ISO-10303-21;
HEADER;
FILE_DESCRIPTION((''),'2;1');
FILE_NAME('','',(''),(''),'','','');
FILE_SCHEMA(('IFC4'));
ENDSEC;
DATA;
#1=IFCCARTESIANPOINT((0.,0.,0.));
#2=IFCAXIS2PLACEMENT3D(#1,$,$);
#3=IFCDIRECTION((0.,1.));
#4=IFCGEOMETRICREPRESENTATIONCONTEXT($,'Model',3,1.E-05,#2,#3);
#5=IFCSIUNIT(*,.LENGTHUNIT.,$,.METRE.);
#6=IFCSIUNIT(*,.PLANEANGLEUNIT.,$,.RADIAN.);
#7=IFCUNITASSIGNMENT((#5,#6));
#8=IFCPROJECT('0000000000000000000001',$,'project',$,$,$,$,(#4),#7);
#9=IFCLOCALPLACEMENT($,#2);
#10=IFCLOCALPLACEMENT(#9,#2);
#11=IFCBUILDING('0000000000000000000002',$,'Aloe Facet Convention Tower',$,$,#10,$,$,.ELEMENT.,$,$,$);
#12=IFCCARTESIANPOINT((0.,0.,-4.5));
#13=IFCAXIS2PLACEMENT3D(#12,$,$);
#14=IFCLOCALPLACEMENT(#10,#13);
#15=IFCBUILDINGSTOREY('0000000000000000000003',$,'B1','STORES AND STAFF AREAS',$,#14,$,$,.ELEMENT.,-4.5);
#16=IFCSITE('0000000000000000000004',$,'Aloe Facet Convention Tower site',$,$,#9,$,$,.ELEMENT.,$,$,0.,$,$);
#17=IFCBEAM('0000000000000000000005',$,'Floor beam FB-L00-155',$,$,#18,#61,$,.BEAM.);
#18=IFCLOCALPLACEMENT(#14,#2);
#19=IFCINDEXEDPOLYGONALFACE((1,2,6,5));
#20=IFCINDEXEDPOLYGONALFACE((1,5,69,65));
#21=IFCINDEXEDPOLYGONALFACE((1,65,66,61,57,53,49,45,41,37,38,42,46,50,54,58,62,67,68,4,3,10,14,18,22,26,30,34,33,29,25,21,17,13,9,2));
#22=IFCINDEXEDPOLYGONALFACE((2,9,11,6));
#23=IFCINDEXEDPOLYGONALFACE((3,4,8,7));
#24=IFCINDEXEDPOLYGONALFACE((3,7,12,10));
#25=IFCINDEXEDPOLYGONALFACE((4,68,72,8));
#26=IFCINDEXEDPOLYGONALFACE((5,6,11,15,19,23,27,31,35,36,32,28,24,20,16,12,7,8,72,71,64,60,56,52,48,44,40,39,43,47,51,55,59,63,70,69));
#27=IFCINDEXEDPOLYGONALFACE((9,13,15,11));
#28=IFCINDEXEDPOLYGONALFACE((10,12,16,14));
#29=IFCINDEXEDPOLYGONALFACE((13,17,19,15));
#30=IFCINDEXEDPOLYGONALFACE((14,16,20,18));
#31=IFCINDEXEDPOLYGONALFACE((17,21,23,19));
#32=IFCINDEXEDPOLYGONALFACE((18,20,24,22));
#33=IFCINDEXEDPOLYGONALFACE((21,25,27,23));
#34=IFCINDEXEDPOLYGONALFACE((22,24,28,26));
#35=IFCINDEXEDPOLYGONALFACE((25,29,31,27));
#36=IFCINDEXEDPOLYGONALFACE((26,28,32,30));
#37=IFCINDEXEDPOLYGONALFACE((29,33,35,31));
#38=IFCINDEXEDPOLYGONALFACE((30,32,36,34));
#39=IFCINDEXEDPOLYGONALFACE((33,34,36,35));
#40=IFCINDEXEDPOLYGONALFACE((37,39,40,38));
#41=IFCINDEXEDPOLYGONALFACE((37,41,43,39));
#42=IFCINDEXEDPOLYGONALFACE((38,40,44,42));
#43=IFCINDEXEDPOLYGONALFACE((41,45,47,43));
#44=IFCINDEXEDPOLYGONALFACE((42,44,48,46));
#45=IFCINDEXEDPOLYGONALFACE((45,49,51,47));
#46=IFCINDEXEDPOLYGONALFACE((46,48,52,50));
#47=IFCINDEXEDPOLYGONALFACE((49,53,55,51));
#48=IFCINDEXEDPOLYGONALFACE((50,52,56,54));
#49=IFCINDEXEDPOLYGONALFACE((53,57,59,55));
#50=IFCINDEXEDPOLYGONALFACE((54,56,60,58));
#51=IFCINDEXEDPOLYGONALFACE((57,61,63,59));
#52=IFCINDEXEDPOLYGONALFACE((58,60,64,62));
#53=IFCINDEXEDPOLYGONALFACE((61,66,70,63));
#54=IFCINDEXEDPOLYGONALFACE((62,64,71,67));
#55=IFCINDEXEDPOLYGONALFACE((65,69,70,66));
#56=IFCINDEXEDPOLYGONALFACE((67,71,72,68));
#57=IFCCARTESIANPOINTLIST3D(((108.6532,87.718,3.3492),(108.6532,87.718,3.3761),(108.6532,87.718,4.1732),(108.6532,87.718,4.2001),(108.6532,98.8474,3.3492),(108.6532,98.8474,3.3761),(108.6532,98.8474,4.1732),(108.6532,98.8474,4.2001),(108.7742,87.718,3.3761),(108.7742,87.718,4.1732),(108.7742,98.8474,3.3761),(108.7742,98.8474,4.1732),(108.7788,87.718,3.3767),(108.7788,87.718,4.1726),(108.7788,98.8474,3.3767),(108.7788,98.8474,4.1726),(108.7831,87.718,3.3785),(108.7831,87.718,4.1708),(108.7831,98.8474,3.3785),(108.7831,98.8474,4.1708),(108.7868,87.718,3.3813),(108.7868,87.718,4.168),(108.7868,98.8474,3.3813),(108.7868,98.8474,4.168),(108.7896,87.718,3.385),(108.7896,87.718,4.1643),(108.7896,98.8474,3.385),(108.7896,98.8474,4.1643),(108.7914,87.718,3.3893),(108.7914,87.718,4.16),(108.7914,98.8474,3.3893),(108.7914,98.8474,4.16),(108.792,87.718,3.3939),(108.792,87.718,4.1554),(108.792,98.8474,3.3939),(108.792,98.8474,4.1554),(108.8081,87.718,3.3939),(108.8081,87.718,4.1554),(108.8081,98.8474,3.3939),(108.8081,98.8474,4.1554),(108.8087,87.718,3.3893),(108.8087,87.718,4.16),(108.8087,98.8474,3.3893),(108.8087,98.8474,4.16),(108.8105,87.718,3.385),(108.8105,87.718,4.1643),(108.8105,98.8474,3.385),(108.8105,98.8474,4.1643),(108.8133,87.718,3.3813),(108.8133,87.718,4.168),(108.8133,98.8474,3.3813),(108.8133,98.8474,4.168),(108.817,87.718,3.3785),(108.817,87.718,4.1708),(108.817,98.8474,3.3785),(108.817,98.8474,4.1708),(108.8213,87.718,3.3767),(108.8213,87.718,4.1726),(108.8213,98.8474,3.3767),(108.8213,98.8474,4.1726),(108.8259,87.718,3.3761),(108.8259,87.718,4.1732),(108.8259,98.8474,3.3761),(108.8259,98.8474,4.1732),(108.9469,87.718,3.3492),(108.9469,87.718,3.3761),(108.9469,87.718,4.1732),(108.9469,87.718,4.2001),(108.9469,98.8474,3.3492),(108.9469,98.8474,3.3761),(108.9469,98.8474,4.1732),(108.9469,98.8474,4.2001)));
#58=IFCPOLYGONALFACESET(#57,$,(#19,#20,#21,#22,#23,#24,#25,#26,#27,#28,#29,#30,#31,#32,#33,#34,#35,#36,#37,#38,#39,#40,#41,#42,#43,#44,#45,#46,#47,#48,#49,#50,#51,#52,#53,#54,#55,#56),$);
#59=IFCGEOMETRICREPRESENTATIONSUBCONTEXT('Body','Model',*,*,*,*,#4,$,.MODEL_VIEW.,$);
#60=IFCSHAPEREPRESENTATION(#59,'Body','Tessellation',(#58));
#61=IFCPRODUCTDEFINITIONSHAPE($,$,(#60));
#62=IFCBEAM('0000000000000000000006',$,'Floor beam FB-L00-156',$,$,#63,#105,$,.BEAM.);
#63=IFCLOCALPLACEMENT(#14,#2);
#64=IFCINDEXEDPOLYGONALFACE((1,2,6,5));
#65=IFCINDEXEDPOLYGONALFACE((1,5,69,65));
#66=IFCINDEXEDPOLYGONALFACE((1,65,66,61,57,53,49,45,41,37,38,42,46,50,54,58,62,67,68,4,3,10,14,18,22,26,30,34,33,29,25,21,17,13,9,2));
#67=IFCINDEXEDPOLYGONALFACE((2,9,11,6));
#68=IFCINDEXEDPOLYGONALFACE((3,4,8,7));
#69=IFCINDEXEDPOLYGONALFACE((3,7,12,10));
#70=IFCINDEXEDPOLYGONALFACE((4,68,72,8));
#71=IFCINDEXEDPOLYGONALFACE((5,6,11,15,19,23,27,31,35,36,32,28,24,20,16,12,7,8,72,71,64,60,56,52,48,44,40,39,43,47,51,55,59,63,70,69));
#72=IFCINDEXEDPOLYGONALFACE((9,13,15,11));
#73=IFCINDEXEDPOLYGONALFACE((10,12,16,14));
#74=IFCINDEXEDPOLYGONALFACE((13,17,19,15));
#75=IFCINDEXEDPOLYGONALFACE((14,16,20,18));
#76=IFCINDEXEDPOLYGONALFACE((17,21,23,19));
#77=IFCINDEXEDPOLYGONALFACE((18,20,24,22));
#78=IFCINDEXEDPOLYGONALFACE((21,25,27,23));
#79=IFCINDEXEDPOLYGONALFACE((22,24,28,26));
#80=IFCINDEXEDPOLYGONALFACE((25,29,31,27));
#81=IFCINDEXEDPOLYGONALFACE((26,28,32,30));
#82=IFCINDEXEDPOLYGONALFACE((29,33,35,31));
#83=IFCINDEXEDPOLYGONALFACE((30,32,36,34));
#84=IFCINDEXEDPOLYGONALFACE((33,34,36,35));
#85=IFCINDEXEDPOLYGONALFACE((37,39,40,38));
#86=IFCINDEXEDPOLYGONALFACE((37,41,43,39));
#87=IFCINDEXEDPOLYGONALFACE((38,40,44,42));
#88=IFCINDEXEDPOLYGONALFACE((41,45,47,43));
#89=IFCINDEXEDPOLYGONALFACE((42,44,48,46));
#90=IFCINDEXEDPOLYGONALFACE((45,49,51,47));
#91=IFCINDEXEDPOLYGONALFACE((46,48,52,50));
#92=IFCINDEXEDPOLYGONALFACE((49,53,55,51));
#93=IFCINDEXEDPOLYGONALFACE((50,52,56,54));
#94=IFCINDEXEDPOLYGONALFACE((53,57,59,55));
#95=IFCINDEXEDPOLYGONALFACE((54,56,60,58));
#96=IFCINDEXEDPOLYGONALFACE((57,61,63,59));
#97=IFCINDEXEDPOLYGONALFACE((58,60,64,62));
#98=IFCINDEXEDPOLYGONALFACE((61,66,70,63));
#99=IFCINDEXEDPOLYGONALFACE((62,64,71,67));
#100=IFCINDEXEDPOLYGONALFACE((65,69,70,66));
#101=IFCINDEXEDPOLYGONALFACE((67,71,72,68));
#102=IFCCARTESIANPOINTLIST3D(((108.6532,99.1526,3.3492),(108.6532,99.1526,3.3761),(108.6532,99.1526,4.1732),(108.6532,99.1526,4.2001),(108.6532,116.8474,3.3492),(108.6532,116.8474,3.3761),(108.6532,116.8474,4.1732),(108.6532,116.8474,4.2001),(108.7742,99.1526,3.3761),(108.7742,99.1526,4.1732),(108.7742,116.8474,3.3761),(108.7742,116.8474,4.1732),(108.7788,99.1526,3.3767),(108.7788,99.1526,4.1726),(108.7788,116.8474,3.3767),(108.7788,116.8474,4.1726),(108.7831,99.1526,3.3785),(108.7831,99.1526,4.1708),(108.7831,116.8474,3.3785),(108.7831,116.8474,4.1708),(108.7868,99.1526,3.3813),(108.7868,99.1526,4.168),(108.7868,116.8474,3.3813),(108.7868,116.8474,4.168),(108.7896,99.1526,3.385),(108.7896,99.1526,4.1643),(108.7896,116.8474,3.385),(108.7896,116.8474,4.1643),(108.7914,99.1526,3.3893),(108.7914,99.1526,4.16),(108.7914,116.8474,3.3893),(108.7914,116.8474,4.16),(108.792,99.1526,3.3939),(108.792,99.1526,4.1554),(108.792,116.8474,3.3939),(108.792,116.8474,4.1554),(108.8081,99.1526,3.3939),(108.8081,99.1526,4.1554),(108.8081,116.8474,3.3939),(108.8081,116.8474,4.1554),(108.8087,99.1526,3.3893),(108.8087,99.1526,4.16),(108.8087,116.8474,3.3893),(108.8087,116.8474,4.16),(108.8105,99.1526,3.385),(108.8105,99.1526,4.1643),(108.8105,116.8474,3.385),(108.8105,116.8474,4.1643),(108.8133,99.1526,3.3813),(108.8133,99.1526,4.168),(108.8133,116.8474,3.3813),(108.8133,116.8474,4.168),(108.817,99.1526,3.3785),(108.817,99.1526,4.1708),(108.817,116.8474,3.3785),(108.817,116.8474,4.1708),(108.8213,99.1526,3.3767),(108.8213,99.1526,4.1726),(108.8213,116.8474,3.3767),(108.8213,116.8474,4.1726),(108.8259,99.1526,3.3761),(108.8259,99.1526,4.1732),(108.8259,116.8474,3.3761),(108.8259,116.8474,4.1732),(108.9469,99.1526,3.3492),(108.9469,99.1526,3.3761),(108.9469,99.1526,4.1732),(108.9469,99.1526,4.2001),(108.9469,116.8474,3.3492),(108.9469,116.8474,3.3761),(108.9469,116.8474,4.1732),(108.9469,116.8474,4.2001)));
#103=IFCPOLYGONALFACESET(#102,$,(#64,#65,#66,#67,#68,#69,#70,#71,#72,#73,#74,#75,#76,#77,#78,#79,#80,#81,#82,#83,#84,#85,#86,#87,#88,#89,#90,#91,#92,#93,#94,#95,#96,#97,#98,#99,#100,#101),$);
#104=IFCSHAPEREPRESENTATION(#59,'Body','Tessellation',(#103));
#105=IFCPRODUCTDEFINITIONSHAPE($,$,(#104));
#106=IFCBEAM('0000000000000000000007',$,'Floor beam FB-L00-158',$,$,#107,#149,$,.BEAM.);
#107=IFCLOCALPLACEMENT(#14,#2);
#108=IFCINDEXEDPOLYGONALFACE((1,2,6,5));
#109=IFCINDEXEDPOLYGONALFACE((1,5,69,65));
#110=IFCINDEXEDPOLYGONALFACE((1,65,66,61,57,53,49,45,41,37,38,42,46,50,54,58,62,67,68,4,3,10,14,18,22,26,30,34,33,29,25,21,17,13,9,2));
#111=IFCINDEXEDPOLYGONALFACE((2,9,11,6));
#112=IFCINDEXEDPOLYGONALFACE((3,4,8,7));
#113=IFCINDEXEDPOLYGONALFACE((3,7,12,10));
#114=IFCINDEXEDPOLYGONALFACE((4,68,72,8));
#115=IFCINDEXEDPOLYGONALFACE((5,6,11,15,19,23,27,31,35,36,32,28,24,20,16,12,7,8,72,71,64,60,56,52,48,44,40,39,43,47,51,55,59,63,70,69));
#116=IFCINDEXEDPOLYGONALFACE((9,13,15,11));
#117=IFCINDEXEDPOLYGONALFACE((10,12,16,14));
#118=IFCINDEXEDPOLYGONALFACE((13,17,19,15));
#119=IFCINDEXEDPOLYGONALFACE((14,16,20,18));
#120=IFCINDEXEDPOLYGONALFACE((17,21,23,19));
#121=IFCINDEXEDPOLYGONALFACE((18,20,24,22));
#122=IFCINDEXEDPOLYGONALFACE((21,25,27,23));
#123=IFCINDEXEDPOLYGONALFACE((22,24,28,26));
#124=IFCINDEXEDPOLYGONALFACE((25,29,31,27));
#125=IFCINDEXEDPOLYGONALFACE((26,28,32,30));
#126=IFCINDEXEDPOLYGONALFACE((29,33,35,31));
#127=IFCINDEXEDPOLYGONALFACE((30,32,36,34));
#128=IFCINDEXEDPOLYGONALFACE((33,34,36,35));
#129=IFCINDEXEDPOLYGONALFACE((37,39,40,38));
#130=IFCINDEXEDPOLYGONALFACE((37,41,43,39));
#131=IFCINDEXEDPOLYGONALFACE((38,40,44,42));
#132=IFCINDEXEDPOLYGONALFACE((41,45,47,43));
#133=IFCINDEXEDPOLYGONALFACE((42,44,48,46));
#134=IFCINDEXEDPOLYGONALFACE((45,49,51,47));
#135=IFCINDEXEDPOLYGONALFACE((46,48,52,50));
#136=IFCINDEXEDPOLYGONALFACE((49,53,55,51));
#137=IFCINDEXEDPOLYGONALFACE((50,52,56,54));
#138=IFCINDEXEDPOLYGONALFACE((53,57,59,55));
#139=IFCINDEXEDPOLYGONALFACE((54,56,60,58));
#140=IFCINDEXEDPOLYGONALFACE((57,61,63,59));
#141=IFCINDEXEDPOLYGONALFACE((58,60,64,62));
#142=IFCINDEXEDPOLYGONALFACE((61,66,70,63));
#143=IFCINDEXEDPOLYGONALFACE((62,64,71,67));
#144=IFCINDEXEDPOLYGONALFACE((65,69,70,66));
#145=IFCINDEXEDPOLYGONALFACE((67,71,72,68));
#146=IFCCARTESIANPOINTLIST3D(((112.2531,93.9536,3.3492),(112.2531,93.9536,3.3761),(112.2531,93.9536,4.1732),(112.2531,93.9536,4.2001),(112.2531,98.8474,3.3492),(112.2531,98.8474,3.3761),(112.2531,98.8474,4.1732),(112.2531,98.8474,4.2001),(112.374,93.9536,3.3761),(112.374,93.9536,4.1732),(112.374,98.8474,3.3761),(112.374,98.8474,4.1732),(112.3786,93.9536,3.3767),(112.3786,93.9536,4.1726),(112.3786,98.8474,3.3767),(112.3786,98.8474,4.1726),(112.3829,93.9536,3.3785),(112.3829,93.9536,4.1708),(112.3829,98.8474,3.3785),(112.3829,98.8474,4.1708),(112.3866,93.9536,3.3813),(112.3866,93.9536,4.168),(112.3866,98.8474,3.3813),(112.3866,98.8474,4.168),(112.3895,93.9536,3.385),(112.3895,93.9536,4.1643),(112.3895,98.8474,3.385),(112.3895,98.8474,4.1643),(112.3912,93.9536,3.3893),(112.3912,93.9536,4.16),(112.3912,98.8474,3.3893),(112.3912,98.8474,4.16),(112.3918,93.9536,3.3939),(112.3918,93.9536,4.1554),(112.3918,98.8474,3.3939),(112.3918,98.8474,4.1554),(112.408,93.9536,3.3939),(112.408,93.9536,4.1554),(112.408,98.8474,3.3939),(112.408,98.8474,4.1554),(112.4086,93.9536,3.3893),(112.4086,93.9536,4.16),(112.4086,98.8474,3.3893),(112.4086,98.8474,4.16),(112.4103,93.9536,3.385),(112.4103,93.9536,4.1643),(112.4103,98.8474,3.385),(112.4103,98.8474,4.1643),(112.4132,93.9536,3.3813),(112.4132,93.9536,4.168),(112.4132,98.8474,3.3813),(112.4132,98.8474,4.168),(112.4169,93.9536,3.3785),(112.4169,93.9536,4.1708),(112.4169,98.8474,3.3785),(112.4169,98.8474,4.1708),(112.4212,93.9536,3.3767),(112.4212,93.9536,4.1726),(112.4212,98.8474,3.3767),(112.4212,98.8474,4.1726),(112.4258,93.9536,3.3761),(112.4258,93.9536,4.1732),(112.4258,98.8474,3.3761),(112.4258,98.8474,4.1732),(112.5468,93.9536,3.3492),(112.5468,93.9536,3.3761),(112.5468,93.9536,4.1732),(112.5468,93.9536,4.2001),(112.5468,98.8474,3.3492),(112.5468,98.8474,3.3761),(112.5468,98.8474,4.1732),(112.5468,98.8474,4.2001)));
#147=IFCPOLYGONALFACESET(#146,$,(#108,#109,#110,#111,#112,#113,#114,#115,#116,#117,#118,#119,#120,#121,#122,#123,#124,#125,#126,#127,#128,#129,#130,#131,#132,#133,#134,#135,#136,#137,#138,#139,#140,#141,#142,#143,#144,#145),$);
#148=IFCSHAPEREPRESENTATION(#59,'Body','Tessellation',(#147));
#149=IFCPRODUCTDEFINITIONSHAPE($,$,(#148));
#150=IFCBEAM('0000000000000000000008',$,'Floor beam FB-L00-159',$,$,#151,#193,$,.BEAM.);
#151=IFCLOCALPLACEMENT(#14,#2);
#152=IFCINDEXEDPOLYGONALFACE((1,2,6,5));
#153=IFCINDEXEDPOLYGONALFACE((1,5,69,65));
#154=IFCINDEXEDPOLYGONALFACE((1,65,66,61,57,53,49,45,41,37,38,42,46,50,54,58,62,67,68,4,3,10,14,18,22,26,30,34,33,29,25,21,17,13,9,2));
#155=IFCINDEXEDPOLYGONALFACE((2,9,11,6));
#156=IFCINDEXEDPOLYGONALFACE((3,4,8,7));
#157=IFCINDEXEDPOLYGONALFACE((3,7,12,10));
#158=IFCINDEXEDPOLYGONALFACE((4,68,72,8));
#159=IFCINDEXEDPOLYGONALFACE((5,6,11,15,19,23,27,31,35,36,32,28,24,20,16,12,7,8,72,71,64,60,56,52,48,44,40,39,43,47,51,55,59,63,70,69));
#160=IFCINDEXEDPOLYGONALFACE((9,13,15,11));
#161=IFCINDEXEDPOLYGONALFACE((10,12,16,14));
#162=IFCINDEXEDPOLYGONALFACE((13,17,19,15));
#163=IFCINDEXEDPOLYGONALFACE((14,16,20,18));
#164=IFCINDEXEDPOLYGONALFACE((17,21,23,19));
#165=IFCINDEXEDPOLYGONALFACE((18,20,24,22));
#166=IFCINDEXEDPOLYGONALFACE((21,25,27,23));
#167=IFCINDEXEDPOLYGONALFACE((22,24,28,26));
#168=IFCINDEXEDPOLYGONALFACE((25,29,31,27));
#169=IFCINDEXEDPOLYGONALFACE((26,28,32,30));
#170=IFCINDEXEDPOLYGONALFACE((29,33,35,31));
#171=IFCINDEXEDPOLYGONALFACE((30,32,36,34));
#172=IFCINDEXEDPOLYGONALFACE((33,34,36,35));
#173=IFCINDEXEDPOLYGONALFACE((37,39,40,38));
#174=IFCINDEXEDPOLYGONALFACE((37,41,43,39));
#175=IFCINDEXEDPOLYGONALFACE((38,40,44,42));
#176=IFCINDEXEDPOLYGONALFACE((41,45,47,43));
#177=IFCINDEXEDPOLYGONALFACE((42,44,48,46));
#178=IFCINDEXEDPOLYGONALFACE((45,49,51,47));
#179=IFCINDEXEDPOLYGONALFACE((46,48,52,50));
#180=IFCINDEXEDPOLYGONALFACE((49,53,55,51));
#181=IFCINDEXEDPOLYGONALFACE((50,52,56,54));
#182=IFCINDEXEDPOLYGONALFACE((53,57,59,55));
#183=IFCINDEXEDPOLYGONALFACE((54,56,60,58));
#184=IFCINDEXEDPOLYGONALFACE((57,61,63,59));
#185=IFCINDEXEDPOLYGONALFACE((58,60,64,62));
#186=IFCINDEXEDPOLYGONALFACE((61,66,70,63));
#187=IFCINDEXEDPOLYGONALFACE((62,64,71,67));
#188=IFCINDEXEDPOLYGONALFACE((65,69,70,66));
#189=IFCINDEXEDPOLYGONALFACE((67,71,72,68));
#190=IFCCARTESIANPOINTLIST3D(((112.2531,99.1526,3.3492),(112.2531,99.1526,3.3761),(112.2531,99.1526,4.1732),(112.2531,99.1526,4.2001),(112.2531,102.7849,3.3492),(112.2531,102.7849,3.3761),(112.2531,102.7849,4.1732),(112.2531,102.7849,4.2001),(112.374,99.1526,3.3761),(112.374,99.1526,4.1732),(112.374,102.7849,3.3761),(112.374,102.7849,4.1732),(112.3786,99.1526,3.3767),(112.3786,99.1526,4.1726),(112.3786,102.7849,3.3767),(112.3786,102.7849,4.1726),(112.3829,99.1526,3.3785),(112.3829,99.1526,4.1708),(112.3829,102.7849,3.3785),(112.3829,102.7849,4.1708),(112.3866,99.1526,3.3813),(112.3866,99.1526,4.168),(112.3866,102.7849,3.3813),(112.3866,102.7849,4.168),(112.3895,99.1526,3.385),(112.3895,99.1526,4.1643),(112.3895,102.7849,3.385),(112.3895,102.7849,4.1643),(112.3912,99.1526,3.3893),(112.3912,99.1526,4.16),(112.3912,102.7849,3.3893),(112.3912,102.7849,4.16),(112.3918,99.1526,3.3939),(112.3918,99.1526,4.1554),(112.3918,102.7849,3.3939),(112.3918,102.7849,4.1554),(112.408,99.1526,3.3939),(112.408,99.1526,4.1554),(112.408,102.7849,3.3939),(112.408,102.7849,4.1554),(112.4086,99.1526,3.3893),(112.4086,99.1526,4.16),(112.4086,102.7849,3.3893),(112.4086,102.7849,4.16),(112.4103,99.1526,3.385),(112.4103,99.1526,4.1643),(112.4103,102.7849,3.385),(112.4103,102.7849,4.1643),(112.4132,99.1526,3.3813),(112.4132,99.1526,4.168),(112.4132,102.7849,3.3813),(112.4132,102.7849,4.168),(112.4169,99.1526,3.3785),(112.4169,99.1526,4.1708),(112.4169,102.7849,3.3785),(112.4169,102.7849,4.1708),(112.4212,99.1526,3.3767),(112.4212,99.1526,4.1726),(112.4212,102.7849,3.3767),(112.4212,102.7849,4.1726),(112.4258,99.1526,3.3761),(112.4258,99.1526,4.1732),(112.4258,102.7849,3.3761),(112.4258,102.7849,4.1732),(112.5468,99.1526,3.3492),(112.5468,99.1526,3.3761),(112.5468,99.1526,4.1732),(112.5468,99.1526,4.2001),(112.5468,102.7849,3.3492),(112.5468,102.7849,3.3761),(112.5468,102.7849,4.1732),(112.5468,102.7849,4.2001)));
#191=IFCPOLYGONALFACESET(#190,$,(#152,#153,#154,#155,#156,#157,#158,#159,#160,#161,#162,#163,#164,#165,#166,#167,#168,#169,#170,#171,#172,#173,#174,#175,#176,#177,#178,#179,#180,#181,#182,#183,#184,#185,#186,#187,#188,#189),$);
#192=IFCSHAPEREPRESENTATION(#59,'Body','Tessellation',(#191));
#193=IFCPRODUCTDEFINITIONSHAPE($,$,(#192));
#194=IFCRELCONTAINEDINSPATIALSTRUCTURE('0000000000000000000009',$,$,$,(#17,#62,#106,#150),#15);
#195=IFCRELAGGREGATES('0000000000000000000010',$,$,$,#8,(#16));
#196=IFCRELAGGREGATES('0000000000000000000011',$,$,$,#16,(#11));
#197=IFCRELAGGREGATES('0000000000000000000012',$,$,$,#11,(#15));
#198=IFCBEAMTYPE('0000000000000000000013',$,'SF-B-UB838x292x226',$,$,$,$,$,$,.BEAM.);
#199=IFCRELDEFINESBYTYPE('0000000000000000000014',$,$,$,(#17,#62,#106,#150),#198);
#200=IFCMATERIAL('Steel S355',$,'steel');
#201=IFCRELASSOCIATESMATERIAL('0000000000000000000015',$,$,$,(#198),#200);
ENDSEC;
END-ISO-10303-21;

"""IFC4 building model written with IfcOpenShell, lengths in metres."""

from ifc_helpers import new_model, si_unit, direction, frame, origin, origin_2d, place, context, subcontext, project, spatial, i_section, extrude, material, material_profile, profile_set, type_object, element, save


model = new_model("IFC4")

# Units and contexts
model_context = context("Model", 3, precision=1e-05, world=origin(), true_north=direction((0.0, 1.0)))
body_context = subcontext(model_context, "Body", "Model", "MODEL_VIEW")
ifc_project = project(units=[si_unit("LENGTHUNIT", "METRE"), si_unit("PLANEANGLEUNIT", "RADIAN")], contexts=[model_context])

# Site, building, storey
site_placement = place(None, origin())
site = spatial("IfcSite", under=ifc_project, at=site_placement, Name="Aloe Facet Convention Tower site", CompositionType="ELEMENT", RefElevation=0.0)
building_placement = place(site_placement, origin())
building = spatial("IfcBuilding", under=site, at=building_placement, Name="Aloe Facet Convention Tower", CompositionType="ELEMENT")
storey_placement = place(building_placement, frame((0.0, 0.0, -4.5)))
storey = spatial("IfcBuildingStorey", under=building, at=storey_placement, Name="B1", Description="STORES AND STAFF AREAS", CompositionType="ELEMENT", Elevation=-4.5)

# Beams
ifc_material_1 = material(Name="Steel S355", Category="steel")
ifc_material_profile_1 = material_profile(ifc_material_1, i_section(OverallWidth=0.2937, OverallDepth=0.8508, WebThickness=0.0161, FlangeThickness=0.0269, FilletRadius=0.0178, at=origin_2d()), Name="UB 838x292x226")
ifc_profile_set_1 = profile_set([ifc_material_profile_1], Name="Steel S355")
beam_type_1 = type_object("IfcBeamType", Name="SF-B-UB838x292x226", PredefinedType="BEAM", material=ifc_profile_set_1)
beam_1_placement = place(storey_placement, frame((108.8, 87.718, 3.7747), z_axis=(0.0, 1.0, 0.0), x_axis=(-1.0, 0.0, 0.0)))
element("IfcBeam", 1, at=beam_1_placement, inside=storey, type_object=beam_type_1, Name="Floor beam FB-L00-155", PredefinedType="BEAM", context=body_context, shape_type="SweptSolid", body=[
    extrude(i_section(OverallWidth=0.2937, OverallDepth=0.8508, WebThickness=0.0161, FlangeThickness=0.0269, FilletRadius=0.0178, at=origin_2d()), origin(), (0.0, 0.0, 1.0), 11.1294),
])
beam_2_placement = place(storey_placement, frame((108.8, 99.1526, 3.7747), z_axis=(0.0, 1.0, 0.0), x_axis=(-1.0, 0.0, 0.0)))
element("IfcBeam", 2, at=beam_2_placement, inside=storey, type_object=beam_type_1, Name="Floor beam FB-L00-156", PredefinedType="BEAM", context=body_context, shape_type="SweptSolid", body=[
    extrude(i_section(OverallWidth=0.2937, OverallDepth=0.8508, WebThickness=0.0161, FlangeThickness=0.0269, FilletRadius=0.0178, at=origin_2d()), origin(), (0.0, 0.0, 1.0), 17.6948),
])
beam_3_placement = place(storey_placement, frame((112.3999, 93.9536, 3.7747), z_axis=(0.0, 1.0, 0.0), x_axis=(-1.0, 0.0, 0.0)))
element("IfcBeam", 3, at=beam_3_placement, inside=storey, type_object=beam_type_1, Name="Floor beam FB-L00-158", PredefinedType="BEAM", context=body_context, shape_type="SweptSolid", body=[
    extrude(i_section(OverallWidth=0.2937, OverallDepth=0.8508, WebThickness=0.0161, FlangeThickness=0.0269, FilletRadius=0.0178, at=origin_2d()), origin(), (0.0, 0.0, 1.0), 4.8938),
])
beam_4_placement = place(storey_placement, frame((112.3999, 99.1526, 3.7747), z_axis=(0.0, 1.0, 0.0), x_axis=(-1.0, 0.0, 0.0)))
element("IfcBeam", 4, at=beam_4_placement, inside=storey, type_object=beam_type_1, Name="Floor beam FB-L00-159", PredefinedType="BEAM", context=body_context, shape_type="SweptSolid", body=[
    extrude(i_section(OverallWidth=0.2937, OverallDepth=0.8508, WebThickness=0.0161, FlangeThickness=0.0269, FilletRadius=0.0178, at=origin_2d()), origin(), (0.0, 0.0, 1.0), 3.6323),
])

save(model, "model.ifc")
